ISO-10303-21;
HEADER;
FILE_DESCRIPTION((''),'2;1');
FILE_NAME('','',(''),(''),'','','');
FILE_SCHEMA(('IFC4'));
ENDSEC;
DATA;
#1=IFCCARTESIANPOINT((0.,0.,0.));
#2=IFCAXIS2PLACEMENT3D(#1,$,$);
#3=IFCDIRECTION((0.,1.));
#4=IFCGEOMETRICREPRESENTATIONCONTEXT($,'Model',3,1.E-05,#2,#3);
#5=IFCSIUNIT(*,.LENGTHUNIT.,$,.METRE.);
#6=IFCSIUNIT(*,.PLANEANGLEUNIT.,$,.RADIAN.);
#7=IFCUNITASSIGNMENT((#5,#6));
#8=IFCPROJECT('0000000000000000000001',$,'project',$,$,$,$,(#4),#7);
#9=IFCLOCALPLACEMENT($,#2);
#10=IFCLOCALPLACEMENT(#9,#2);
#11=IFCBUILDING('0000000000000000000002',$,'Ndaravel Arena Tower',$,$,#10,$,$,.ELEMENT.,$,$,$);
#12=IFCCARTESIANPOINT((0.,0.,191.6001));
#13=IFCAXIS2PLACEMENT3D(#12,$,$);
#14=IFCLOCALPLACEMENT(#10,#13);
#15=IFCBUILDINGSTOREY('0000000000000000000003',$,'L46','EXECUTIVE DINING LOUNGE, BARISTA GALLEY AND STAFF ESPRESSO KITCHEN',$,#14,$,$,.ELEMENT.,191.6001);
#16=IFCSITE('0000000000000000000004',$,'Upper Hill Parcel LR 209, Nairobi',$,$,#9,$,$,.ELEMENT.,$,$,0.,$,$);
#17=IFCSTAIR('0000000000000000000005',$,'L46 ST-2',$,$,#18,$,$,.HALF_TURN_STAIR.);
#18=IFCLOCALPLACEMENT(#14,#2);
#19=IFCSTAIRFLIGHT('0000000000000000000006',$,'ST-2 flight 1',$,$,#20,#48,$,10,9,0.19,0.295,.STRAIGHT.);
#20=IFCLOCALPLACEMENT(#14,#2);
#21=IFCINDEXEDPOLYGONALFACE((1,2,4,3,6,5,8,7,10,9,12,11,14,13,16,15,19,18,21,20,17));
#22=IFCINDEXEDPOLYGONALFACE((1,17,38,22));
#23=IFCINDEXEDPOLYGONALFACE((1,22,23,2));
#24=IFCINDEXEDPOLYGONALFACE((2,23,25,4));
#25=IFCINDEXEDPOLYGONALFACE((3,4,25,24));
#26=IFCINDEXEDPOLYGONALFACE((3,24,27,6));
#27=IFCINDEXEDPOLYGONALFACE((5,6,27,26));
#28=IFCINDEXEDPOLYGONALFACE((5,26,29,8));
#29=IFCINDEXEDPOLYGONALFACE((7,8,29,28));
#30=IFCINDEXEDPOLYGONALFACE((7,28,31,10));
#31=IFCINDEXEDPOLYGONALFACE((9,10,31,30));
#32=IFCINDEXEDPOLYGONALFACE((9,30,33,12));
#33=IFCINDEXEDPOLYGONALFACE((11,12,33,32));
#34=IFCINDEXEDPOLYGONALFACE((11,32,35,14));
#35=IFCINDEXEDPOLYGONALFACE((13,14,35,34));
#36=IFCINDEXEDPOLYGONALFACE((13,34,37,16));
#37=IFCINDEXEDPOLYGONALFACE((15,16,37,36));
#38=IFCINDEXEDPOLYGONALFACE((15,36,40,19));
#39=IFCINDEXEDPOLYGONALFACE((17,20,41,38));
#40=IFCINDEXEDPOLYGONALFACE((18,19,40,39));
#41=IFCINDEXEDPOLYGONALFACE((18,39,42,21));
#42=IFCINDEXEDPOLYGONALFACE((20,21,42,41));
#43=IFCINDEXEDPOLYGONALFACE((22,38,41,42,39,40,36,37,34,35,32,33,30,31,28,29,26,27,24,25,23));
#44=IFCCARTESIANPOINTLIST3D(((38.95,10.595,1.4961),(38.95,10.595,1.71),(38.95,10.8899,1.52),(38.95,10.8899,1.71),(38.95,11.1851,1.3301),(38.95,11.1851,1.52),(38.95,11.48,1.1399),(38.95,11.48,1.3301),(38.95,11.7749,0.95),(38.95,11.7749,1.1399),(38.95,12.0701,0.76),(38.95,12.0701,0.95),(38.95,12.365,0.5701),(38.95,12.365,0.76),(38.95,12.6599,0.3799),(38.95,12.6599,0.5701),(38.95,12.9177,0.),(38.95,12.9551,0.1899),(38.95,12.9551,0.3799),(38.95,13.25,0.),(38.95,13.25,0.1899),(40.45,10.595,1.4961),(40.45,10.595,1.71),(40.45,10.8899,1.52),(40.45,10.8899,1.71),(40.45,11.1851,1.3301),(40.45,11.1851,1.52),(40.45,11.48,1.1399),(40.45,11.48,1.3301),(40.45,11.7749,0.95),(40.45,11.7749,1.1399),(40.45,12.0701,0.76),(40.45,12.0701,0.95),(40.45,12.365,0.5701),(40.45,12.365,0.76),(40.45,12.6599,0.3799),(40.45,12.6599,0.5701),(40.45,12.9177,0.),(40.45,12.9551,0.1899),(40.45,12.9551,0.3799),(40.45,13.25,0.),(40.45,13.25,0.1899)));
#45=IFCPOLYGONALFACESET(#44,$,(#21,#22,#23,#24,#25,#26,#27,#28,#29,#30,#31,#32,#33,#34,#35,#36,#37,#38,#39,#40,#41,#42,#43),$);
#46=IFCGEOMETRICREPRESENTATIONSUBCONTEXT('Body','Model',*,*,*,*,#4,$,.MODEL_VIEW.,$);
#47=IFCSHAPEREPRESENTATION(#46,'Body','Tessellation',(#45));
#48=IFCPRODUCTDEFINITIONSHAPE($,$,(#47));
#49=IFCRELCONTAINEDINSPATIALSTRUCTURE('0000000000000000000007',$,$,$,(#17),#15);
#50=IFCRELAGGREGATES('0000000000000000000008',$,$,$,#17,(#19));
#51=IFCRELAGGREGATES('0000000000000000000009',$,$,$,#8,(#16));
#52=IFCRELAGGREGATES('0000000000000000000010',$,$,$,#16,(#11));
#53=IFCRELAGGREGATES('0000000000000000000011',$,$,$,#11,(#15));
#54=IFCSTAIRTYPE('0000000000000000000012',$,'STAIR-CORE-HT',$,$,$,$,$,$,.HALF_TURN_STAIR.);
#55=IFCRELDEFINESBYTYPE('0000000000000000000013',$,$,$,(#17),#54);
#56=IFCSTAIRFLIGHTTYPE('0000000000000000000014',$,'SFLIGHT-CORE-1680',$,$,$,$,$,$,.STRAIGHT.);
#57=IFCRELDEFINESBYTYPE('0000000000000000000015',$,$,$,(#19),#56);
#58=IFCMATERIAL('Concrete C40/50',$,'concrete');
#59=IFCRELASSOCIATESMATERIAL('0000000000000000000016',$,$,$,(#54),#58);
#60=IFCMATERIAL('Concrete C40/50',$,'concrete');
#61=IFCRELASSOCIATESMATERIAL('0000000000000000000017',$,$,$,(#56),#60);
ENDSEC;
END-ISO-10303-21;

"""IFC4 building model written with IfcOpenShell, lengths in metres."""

from ifc_helpers import new_model, si_unit, direction, frame, origin, place, context, subcontext, project, spatial, polyline, outline, extrude, material, type_object, element, aggregate, save


model = new_model("IFC4")

# Units and contexts
model_context = context("Model", 3, precision=1e-05, world=origin(), true_north=direction((0.0, 1.0)))
body_context = subcontext(model_context, "Body", "Model", "MODEL_VIEW")
ifc_project = project(units=[si_unit("LENGTHUNIT", "METRE"), si_unit("PLANEANGLEUNIT", "RADIAN")], contexts=[model_context])

# Site, building, storey
site_placement = place(None, origin())
site = spatial("IfcSite", under=ifc_project, at=site_placement, Name="Upper Hill Parcel LR 209, Nairobi", CompositionType="ELEMENT", RefElevation=0.0)
building_placement = place(site_placement, origin())
building = spatial("IfcBuilding", under=site, at=building_placement, Name="Ndaravel Arena Tower", CompositionType="ELEMENT")
storey_placement = place(building_placement, frame((0.0, 0.0, 191.6001)))
storey = spatial("IfcBuildingStorey", under=building, at=storey_placement, Name="L46", Description="EXECUTIVE DINING LOUNGE, BARISTA GALLEY AND STAFF ESPRESSO KITCHEN", CompositionType="ELEMENT", Elevation=191.6001)

# Stair, stair flight
ifc_material_1 = material(Name="Concrete C40/50", Category="concrete")
stair_type = type_object("IfcStairType", Name="STAIR-CORE-HT", PredefinedType="HALF_TURN_STAIR", material=ifc_material_1)
stair_placement = place(storey_placement, origin())
stair = element("IfcStair", 1, at=stair_placement, inside=storey, type_object=stair_type, Name="L46 ST-2", PredefinedType="HALF_TURN_STAIR")
ifc_material_2 = material(Name="Concrete C40/50", Category="concrete")
stair_flight_type = type_object("IfcStairFlightType", Name="SFLIGHT-CORE-1680", PredefinedType="STRAIGHT", material=ifc_material_2)
stair_flight_placement = place(storey_placement, frame((39.7, 13.25, 0.0), z_axis=(0.0, 0.0, 1.0), x_axis=(0.0, -1.0, 0.0)))
stair_flight = element("IfcStairFlight", 2, at=stair_flight_placement, type_object=stair_flight_type, Name="ST-2 flight 1", NumberOfRisers=10, NumberOfTreads=9, PredefinedType="STRAIGHT", RiserHeight=0.19, TreadLength=0.295, context=body_context, shape_type="SweptSolid", body=[
    extrude(outline(polyline([(0.0, 0.0), (0.0, 0.1899), (0.2949, 0.1899), (0.2949, 0.3799), (0.5901, 0.3799), (0.5901, 0.5701), (0.885, 0.5701), (0.885, 0.76), (1.1799, 0.76), (1.1799, 0.95), (1.4751, 0.95), (1.4751, 1.1399), (1.77, 1.1399), (1.77, 1.3301), (2.0649, 1.3301), (2.0649, 1.52), (2.3601, 1.52), (2.3601, 1.71), (2.655, 1.71), (2.655, 1.8999), (2.655, 1.4961), (0.3323, 0.0), (0.0, 0.0)])), frame((0.0, 0.75, 0.0), z_axis=(0.0, -1.0, 0.0), x_axis=(1.0, 0.0, 0.0)), (0.0, 0.0, 1.0), 1.5),
])
aggregate(stair, [stair_flight])

save(model, "model.ifc")
